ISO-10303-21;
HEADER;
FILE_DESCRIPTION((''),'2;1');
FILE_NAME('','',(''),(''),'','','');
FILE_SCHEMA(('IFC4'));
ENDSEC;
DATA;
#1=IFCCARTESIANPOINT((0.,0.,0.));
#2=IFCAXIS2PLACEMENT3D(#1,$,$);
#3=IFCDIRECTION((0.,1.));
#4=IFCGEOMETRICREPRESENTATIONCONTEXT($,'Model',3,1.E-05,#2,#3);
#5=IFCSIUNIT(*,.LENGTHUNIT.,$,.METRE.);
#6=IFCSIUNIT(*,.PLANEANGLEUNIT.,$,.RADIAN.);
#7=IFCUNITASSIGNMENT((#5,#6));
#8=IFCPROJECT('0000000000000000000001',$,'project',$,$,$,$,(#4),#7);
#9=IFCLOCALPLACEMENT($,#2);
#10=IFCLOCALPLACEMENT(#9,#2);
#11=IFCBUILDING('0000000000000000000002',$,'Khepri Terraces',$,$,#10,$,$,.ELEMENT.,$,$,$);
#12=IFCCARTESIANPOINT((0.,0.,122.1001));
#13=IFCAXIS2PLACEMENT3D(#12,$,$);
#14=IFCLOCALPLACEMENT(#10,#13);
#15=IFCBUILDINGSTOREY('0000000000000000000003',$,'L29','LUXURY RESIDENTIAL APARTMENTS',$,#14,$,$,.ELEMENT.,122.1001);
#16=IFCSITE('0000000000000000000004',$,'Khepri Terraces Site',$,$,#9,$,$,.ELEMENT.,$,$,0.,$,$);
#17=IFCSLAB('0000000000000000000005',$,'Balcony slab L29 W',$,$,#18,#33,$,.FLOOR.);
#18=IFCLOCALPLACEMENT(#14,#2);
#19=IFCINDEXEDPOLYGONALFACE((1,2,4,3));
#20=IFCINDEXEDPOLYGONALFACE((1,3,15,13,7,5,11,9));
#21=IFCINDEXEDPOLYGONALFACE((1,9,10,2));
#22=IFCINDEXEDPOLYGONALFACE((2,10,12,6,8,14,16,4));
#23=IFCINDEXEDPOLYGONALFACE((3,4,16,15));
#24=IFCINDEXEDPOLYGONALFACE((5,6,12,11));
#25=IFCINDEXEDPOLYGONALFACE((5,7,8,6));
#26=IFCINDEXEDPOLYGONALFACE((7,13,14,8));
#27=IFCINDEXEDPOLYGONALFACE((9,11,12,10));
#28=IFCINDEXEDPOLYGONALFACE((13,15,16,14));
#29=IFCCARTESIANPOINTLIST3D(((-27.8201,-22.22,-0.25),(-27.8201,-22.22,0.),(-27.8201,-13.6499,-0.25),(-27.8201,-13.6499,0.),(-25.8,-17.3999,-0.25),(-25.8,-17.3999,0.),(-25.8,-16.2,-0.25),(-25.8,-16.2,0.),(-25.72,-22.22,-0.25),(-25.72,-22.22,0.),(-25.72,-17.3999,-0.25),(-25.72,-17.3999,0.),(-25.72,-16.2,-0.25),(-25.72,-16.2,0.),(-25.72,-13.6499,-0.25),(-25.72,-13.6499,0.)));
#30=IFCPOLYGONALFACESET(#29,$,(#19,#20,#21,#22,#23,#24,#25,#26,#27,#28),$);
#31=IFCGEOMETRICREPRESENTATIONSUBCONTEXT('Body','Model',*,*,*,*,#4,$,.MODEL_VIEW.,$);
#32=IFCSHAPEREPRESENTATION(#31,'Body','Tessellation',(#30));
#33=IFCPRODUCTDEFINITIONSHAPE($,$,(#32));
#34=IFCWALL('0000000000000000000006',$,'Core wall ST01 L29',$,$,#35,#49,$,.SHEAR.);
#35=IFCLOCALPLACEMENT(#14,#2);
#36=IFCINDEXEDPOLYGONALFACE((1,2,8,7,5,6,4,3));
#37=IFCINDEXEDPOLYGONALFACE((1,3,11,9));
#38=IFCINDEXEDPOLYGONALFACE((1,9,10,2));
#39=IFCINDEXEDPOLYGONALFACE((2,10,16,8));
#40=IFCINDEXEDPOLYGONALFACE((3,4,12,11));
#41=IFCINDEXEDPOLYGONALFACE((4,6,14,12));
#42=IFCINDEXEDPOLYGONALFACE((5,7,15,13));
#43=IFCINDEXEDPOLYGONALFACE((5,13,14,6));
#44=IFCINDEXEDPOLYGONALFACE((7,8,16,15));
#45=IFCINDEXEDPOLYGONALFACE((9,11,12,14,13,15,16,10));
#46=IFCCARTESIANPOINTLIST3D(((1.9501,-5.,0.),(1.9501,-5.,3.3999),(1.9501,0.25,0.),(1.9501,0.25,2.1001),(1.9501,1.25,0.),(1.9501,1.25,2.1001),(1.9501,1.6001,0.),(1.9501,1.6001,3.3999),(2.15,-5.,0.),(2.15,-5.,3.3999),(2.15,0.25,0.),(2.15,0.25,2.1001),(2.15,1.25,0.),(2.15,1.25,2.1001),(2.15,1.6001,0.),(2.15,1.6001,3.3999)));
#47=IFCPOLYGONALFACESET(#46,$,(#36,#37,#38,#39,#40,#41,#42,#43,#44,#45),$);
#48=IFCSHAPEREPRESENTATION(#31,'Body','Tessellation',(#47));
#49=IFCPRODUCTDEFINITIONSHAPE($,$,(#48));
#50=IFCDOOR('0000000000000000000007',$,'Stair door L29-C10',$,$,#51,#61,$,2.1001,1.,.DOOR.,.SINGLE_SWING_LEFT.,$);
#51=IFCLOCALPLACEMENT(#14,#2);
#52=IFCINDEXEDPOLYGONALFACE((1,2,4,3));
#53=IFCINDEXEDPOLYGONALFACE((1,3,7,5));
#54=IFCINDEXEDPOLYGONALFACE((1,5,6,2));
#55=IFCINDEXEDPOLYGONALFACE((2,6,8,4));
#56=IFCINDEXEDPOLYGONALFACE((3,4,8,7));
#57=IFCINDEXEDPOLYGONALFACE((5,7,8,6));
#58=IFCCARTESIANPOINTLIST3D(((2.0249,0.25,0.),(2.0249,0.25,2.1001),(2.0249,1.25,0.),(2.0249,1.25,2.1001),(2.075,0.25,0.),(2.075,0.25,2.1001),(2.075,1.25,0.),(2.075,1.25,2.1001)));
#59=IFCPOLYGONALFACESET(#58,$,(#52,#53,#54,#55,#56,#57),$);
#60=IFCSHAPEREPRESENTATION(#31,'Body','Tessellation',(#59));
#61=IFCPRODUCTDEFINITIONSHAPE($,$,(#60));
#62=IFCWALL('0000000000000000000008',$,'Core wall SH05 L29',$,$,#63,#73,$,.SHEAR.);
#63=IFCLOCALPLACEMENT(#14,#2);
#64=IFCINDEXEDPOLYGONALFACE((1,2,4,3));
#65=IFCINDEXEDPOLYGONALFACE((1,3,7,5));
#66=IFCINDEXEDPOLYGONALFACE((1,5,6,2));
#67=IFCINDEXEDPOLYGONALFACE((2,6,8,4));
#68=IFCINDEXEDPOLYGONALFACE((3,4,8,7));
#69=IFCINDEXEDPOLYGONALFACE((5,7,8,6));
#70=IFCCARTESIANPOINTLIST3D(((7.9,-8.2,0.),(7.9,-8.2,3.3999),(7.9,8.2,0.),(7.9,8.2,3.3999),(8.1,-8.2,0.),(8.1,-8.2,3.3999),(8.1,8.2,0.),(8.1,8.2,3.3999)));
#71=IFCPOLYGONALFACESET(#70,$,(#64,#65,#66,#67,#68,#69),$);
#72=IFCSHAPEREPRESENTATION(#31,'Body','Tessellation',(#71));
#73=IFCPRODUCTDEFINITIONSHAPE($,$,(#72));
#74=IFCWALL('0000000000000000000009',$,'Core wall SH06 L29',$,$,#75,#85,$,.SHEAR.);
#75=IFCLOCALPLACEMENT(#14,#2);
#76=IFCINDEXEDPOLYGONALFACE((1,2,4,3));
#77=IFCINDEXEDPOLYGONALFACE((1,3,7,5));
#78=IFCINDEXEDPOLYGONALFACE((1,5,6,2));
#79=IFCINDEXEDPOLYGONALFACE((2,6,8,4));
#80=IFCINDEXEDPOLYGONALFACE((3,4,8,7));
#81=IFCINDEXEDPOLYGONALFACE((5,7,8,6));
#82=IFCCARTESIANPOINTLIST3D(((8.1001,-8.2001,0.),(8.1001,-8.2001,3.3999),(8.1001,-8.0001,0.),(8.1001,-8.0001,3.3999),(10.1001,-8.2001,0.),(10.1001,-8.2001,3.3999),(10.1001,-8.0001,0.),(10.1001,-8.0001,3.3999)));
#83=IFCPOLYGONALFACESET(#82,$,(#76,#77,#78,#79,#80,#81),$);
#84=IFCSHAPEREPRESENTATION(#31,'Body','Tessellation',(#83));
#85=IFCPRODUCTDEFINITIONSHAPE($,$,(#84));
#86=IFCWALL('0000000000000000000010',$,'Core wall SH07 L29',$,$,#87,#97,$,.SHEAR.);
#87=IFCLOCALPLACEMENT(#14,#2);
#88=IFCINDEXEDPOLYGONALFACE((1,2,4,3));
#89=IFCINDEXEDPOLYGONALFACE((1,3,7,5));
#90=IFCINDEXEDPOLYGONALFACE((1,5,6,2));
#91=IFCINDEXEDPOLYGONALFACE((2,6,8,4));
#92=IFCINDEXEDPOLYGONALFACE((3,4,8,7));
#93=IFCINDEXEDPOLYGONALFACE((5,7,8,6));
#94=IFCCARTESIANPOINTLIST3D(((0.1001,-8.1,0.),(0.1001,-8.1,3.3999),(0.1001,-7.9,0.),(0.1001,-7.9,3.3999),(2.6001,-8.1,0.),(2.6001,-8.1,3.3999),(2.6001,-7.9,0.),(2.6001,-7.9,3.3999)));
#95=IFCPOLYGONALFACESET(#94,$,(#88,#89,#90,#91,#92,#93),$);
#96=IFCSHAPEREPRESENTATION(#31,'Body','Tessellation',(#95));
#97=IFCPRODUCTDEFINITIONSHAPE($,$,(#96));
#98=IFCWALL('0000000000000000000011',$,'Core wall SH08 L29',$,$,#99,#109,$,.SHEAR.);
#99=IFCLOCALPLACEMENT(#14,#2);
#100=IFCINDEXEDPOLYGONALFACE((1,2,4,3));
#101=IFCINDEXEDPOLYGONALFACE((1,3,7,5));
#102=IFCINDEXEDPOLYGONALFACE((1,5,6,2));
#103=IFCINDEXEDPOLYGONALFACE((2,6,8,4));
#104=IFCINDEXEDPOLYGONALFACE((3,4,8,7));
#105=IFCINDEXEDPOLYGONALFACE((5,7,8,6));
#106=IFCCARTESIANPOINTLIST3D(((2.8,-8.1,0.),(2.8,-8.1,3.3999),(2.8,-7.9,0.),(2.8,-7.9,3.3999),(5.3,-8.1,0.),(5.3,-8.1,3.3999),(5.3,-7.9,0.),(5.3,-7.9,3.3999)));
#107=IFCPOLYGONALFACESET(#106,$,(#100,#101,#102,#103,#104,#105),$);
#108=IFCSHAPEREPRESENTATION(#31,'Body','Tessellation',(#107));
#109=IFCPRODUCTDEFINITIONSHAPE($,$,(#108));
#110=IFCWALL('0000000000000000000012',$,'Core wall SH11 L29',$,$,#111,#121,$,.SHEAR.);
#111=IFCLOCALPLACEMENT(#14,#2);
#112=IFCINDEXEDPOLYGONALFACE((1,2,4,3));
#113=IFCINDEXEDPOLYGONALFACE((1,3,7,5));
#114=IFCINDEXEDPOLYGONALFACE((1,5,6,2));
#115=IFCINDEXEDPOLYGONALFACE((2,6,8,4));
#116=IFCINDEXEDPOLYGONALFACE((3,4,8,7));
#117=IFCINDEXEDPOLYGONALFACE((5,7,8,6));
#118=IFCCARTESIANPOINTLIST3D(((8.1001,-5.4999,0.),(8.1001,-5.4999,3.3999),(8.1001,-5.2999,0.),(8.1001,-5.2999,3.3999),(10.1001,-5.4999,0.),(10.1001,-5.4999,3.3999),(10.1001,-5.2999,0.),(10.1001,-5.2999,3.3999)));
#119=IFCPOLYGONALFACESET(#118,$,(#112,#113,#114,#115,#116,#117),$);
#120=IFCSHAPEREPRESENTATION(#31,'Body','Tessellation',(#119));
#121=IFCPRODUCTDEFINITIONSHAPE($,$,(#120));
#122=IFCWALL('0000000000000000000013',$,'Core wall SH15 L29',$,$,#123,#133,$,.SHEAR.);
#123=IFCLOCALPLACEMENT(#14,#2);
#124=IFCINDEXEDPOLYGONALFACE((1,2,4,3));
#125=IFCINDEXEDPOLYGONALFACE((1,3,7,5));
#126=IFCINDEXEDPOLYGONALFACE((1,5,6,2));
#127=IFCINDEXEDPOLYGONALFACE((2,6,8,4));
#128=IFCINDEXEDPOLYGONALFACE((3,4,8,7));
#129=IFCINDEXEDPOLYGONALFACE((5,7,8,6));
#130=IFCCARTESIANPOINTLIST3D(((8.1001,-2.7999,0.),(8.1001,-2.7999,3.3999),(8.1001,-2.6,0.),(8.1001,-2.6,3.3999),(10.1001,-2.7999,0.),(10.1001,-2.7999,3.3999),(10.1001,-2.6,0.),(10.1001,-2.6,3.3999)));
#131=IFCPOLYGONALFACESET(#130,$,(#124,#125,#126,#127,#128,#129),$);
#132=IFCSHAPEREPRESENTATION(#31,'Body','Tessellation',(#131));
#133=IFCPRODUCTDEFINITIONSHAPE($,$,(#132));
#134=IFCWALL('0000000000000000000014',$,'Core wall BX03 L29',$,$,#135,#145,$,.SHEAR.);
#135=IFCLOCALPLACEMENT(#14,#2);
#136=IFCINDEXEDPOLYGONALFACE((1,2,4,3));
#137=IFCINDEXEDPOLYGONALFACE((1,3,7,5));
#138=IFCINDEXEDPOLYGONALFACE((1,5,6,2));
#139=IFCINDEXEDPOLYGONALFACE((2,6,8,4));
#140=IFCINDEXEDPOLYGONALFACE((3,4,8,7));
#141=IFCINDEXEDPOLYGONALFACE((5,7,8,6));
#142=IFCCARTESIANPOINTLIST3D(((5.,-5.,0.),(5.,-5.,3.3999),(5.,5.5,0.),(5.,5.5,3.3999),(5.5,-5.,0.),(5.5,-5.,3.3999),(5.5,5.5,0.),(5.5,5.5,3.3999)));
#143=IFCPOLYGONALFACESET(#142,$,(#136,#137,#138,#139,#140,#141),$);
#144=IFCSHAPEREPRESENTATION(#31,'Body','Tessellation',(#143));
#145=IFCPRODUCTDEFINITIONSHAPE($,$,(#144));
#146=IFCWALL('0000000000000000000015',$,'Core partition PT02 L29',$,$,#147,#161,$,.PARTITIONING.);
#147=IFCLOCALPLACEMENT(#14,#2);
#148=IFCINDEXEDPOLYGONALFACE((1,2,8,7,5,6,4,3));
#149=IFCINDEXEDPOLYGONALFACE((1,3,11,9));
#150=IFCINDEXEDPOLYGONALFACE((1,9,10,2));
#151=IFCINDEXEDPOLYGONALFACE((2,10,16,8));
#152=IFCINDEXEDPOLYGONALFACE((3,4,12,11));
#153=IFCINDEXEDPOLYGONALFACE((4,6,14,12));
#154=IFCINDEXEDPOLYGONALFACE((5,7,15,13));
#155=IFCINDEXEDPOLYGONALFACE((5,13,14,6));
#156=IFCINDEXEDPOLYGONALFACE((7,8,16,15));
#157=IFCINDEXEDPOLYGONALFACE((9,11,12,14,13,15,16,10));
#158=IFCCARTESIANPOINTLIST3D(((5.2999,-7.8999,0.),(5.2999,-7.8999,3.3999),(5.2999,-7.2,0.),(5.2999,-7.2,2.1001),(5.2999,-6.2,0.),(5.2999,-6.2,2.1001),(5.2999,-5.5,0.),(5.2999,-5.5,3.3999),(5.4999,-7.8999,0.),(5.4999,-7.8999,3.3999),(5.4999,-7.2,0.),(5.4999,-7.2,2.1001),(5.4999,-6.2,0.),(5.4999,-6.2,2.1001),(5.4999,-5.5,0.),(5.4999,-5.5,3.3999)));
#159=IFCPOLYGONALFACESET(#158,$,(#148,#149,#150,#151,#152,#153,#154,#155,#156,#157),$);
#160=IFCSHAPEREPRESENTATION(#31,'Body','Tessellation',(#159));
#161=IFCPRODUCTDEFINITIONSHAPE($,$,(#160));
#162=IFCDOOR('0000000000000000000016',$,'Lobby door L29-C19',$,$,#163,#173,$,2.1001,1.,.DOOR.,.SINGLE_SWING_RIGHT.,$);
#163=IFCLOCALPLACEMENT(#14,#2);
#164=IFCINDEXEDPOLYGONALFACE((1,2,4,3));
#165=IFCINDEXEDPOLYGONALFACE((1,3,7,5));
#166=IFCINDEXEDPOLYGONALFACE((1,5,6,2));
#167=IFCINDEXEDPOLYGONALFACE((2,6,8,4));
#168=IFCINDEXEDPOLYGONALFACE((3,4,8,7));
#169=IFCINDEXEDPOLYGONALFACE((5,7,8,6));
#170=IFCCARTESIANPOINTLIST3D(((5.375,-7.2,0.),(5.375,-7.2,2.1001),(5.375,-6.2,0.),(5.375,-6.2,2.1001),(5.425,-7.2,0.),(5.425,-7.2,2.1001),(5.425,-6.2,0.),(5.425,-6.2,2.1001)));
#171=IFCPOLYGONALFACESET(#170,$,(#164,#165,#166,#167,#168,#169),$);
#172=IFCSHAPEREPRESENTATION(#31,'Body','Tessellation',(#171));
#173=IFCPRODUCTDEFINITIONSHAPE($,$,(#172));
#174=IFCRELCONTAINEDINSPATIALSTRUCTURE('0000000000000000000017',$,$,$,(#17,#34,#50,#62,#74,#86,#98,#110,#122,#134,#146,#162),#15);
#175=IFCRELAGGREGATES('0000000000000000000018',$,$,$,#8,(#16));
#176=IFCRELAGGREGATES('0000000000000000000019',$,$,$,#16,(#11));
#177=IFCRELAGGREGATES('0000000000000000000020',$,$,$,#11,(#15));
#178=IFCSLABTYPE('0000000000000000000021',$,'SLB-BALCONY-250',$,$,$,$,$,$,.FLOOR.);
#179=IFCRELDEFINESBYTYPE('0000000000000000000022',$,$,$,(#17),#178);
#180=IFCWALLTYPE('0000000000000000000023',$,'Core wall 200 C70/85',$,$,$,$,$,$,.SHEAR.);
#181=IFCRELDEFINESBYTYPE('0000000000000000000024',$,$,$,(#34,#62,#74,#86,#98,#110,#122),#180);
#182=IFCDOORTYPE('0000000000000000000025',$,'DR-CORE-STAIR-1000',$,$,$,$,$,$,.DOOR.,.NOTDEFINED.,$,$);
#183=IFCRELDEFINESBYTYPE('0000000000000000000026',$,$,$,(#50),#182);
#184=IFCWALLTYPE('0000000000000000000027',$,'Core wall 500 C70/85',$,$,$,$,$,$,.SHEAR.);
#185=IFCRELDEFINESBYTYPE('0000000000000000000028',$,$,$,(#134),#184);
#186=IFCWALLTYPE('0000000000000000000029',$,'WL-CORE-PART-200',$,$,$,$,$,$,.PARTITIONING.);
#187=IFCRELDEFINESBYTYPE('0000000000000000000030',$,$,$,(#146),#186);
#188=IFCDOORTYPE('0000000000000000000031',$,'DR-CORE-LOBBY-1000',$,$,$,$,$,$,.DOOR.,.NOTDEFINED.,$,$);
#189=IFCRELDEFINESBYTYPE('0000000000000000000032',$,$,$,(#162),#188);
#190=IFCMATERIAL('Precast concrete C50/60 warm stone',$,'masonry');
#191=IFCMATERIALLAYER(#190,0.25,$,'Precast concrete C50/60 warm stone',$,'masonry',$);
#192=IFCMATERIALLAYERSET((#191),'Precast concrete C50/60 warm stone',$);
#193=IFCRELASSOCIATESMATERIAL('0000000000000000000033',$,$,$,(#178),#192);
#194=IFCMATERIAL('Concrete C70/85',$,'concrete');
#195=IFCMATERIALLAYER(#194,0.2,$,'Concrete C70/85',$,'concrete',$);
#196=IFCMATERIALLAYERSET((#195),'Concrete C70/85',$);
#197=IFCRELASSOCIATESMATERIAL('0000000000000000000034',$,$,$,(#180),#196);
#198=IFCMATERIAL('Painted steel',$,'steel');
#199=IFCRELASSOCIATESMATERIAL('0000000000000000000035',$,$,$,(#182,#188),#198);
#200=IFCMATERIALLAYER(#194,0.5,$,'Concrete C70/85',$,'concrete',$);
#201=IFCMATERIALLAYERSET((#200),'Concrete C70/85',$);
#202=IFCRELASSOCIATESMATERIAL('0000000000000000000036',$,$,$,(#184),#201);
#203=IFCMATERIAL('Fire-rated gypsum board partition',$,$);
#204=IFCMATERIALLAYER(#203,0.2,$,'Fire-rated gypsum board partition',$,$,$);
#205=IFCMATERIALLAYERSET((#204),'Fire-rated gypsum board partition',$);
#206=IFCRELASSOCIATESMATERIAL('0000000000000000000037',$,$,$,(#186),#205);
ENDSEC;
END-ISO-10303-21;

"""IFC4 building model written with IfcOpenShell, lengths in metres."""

from ifc_helpers import new_model, si_unit, direction, frame, frame_2d, origin, place, context, subcontext, project, spatial, polyline, rectangle, outline, extrude, material, layer, layer_set, type_object, element, fill, save


model = new_model("IFC4")

# Units and contexts
model_context = context("Model", 3, precision=1e-05, world=origin(), true_north=direction((0.0, 1.0)))
body_context = subcontext(model_context, "Body", "Model", "MODEL_VIEW")
ifc_project = project(units=[si_unit("LENGTHUNIT", "METRE"), si_unit("PLANEANGLEUNIT", "RADIAN")], contexts=[model_context])

# Site, building, storey
site_placement = place(None, origin())
site = spatial("IfcSite", under=ifc_project, at=site_placement, Name="Khepri Terraces Site", CompositionType="ELEMENT", RefElevation=0.0)
building_placement = place(site_placement, origin())
building = spatial("IfcBuilding", under=site, at=building_placement, Name="Khepri Terraces", CompositionType="ELEMENT")
storey_placement = place(building_placement, frame((0.0, 0.0, 122.1001)))
storey = spatial("IfcBuildingStorey", under=building, at=storey_placement, Name="L29", Description="LUXURY RESIDENTIAL APARTMENTS", CompositionType="ELEMENT", Elevation=122.1001)

# Slab
ifc_material_1 = material(Name="Precast concrete C50/60 warm stone", Category="masonry")
ifc_layer_1 = layer(ifc_material_1, 0.25, Name="Precast concrete C50/60 warm stone", Category="masonry")
ifc_layer_set_1 = layer_set([ifc_layer_1], Name="Precast concrete C50/60 warm stone")
slab_type = type_object("IfcSlabType", Name="SLB-BALCONY-250", PredefinedType="FLOOR", material=ifc_layer_set_1)
slab_placement = place(storey_placement, frame((0.0, 0.0, -0.25)))
element("IfcSlab", 1, at=slab_placement, inside=storey, type_object=slab_type, Name="Balcony slab L29 W", PredefinedType="FLOOR", context=body_context, shape_type="SweptSolid", body=[
    extrude(outline(polyline([(-25.72, -16.2), (-25.72, -13.6499), (-27.8201, -13.6499), (-27.8201, -22.22), (-25.72, -22.22), (-25.72, -17.3999), (-25.8, -17.3999), (-25.8, -16.2), (-25.72, -16.2)])), origin(), (0.0, 0.0, 1.0), 0.25),
])

# Wall, opening, door
ifc_material_2 = material(Name="Concrete C70/85", Category="concrete")
ifc_layer_2 = layer(ifc_material_2, 0.2, Name="Concrete C70/85", Category="concrete")
ifc_layer_set_2 = layer_set([ifc_layer_2], Name="Concrete C70/85")
wall_type_1 = type_object("IfcWallType", Name="Core wall 200 C70/85", PredefinedType="SHEAR", material=ifc_layer_set_2)
wall_1_placement = place(storey_placement, frame((2.05, -5.0, 0.0), z_axis=(0.0, 0.0, 1.0), x_axis=(0.0, 1.0, 0.0)))
wall_1 = element("IfcWall", 2, at=wall_1_placement, inside=storey, type_object=wall_type_1, Name="Core wall ST01 L29", PredefinedType="SHEAR", context=body_context, shape_type="SweptSolid", body=[
    extrude(rectangle(XDim=6.6001, YDim=0.2, at=frame_2d((3.3, 0.0))), origin(), (0.0, 0.0, 1.0), 3.3999),
])
opening_1_placement = place(wall_1_placement, frame((5.25, 0.0, 0.0)))
opening_1 = element("IfcOpeningElement", 3, at=opening_1_placement, cuts=wall_1, PredefinedType="OPENING", context=body_context, shape_type="SweptSolid", body=[
    extrude(rectangle(XDim=1.0, YDim=2.1001, at=frame_2d((0.5, 1.05))), frame((0.0, 0.1099, 0.0), z_axis=(0.0, -1.0, 0.0), x_axis=(1.0, 0.0, 0.0)), (0.0, 0.0, 1.0), 0.22),
])
ifc_material_3 = material(Name="Painted steel", Category="steel")
door_type_1 = type_object("IfcDoorType", Name="DR-CORE-STAIR-1000", OperationType="NOTDEFINED", PredefinedType="DOOR", material=ifc_material_3)
door_1_placement = place(opening_1_placement, frame((1.0, 0.0, 0.0), z_axis=(0.0, 0.0, 1.0), x_axis=(-1.0, 0.0, 0.0)))
door_1 = element("IfcDoor", 4, at=door_1_placement, inside=storey, type_object=door_type_1, Name="Stair door L29-C10", OperationType="SINGLE_SWING_LEFT", OverallHeight=2.1001, OverallWidth=1.0, PredefinedType="DOOR", context=body_context, shape_type="SweptSolid", body=[
    extrude(rectangle(XDim=1.0, YDim=2.1001, at=frame_2d((0.5, 1.05))), frame((0.0, 0.0249, 0.0), z_axis=(0.0, -1.0, 0.0), x_axis=(1.0, 0.0, 0.0)), (0.0, 0.0, 1.0), 0.05),
])
fill(opening_1, door_1)

# Walls
wall_2_placement = place(storey_placement, frame((8.0, -8.2, 0.0), z_axis=(0.0, 0.0, 1.0), x_axis=(0.0, 1.0, 0.0)))
element("IfcWall", 5, at=wall_2_placement, inside=storey, type_object=wall_type_1, Name="Core wall SH05 L29", PredefinedType="SHEAR", context=body_context, shape_type="SweptSolid", body=[
    extrude(rectangle(XDim=16.3999, YDim=0.2, at=frame_2d((8.2, 0.0))), origin(), (0.0, 0.0, 1.0), 3.3999),
])
wall_3_placement = place(storey_placement, frame((8.1001, -8.1001, 0.0), z_axis=(0.0, 0.0, 1.0), x_axis=(1.0, 0.0, 0.0)))
element("IfcWall", 6, at=wall_3_placement, inside=storey, type_object=wall_type_1, Name="Core wall SH06 L29", PredefinedType="SHEAR", context=body_context, shape_type="SweptSolid", body=[
    extrude(rectangle(XDim=2.0, YDim=0.2, at=frame_2d((1.0, 0.0))), origin(), (0.0, 0.0, 1.0), 3.3999),
])
for number, where, z_axis, x_axis, name in (
    (7, (0.1001, -8.0, 0.0), (0.0, 0.0, 1.0), (1.0, 0.0, 0.0), "Core wall SH07 L29"),
    (8, (2.8, -8.0, 0.0), (0.0, 0.0, 1.0), (1.0, 0.0, 0.0), "Core wall SH08 L29"),
):
    element("IfcWall", number, at=place(storey_placement, frame(where, z_axis=z_axis, x_axis=x_axis)), inside=storey, type_object=wall_type_1, Name=name, PredefinedType="SHEAR", context=body_context, shape_type="SweptSolid", body=[
        extrude(rectangle(XDim=2.5, YDim=0.2, at=frame_2d((1.25, 0.0))), origin(), (0.0, 0.0, 1.0), 3.3999),
    ])
for number, where, z_axis, x_axis, name in (
    (9, (8.1001, -5.3999, 0.0), (0.0, 0.0, 1.0), (1.0, 0.0, 0.0), "Core wall SH11 L29"),
    (10, (8.1001, -2.7, 0.0), (0.0, 0.0, 1.0), (1.0, 0.0, 0.0), "Core wall SH15 L29"),
):
    element("IfcWall", number, at=place(storey_placement, frame(where, z_axis=z_axis, x_axis=x_axis)), inside=storey, type_object=wall_type_1, Name=name, PredefinedType="SHEAR", context=body_context, shape_type="SweptSolid", body=[
        extrude(rectangle(XDim=2.0, YDim=0.2, at=frame_2d((1.0, 0.0))), origin(), (0.0, 0.0, 1.0), 3.3999),
    ])
ifc_layer_3 = layer(ifc_material_2, 0.5, Name="Concrete C70/85", Category="concrete")
ifc_layer_set_3 = layer_set([ifc_layer_3], Name="Concrete C70/85")
wall_type_2 = type_object("IfcWallType", Name="Core wall 500 C70/85", PredefinedType="SHEAR", material=ifc_layer_set_3)
wall_4_placement = place(storey_placement, frame((5.25, -5.0, 0.0), z_axis=(0.0, 0.0, 1.0), x_axis=(0.0, 1.0, 0.0)))
element("IfcWall", 11, at=wall_4_placement, inside=storey, type_object=wall_type_2, Name="Core wall BX03 L29", PredefinedType="SHEAR", context=body_context, shape_type="SweptSolid", body=[
    extrude(rectangle(XDim=10.5, YDim=0.5, at=frame_2d((5.25, 0.0))), origin(), (0.0, 0.0, 1.0), 3.3999),
])

# Wall, opening, door
ifc_material_4 = material(Name="Fire-rated gypsum board partition")
ifc_layer_4 = layer(ifc_material_4, 0.2, Name="Fire-rated gypsum board partition")
ifc_layer_set_4 = layer_set([ifc_layer_4], Name="Fire-rated gypsum board partition")
wall_type_3 = type_object("IfcWallType", Name="WL-CORE-PART-200", PredefinedType="PARTITIONING", material=ifc_layer_set_4)
wall_5_placement = place(storey_placement, frame((5.3999, -7.8999, 0.0), z_axis=(0.0, 0.0, 1.0), x_axis=(0.0, 1.0, 0.0)))
wall_5 = element("IfcWall", 12, at=wall_5_placement, inside=storey, type_object=wall_type_3, Name="Core partition PT02 L29", PredefinedType="PARTITIONING", context=body_context, shape_type="SweptSolid", body=[
    extrude(rectangle(XDim=2.3999, YDim=0.2, at=frame_2d((1.2, 0.0))), origin(), (0.0, 0.0, 1.0), 3.3999),
])
opening_2_placement = place(wall_5_placement, frame((0.7, 0.0, 0.0)))
opening_2 = element("IfcOpeningElement", 13, at=opening_2_placement, cuts=wall_5, PredefinedType="OPENING", context=body_context, shape_type="SweptSolid", body=[
    extrude(rectangle(XDim=1.0, YDim=2.1001, at=frame_2d((0.5, 1.05))), frame((0.0, 0.1099, 0.0), z_axis=(0.0, -1.0, 0.0), x_axis=(1.0, 0.0, 0.0)), (0.0, 0.0, 1.0), 0.22),
])
door_type_2 = type_object("IfcDoorType", Name="DR-CORE-LOBBY-1000", OperationType="NOTDEFINED", PredefinedType="DOOR", material=ifc_material_3)
door_2_placement = place(opening_2_placement, origin())
door_2 = element("IfcDoor", 14, at=door_2_placement, inside=storey, type_object=door_type_2, Name="Lobby door L29-C19", OperationType="SINGLE_SWING_RIGHT", OverallHeight=2.1001, OverallWidth=1.0, PredefinedType="DOOR", context=body_context, shape_type="SweptSolid", body=[
    extrude(rectangle(XDim=1.0, YDim=2.1001, at=frame_2d((0.5, 1.05))), frame((0.0, 0.0249, 0.0), z_axis=(0.0, -1.0, 0.0), x_axis=(1.0, 0.0, 0.0)), (0.0, 0.0, 1.0), 0.05),
])
fill(opening_2, door_2)

save(model, "model.ifc")
